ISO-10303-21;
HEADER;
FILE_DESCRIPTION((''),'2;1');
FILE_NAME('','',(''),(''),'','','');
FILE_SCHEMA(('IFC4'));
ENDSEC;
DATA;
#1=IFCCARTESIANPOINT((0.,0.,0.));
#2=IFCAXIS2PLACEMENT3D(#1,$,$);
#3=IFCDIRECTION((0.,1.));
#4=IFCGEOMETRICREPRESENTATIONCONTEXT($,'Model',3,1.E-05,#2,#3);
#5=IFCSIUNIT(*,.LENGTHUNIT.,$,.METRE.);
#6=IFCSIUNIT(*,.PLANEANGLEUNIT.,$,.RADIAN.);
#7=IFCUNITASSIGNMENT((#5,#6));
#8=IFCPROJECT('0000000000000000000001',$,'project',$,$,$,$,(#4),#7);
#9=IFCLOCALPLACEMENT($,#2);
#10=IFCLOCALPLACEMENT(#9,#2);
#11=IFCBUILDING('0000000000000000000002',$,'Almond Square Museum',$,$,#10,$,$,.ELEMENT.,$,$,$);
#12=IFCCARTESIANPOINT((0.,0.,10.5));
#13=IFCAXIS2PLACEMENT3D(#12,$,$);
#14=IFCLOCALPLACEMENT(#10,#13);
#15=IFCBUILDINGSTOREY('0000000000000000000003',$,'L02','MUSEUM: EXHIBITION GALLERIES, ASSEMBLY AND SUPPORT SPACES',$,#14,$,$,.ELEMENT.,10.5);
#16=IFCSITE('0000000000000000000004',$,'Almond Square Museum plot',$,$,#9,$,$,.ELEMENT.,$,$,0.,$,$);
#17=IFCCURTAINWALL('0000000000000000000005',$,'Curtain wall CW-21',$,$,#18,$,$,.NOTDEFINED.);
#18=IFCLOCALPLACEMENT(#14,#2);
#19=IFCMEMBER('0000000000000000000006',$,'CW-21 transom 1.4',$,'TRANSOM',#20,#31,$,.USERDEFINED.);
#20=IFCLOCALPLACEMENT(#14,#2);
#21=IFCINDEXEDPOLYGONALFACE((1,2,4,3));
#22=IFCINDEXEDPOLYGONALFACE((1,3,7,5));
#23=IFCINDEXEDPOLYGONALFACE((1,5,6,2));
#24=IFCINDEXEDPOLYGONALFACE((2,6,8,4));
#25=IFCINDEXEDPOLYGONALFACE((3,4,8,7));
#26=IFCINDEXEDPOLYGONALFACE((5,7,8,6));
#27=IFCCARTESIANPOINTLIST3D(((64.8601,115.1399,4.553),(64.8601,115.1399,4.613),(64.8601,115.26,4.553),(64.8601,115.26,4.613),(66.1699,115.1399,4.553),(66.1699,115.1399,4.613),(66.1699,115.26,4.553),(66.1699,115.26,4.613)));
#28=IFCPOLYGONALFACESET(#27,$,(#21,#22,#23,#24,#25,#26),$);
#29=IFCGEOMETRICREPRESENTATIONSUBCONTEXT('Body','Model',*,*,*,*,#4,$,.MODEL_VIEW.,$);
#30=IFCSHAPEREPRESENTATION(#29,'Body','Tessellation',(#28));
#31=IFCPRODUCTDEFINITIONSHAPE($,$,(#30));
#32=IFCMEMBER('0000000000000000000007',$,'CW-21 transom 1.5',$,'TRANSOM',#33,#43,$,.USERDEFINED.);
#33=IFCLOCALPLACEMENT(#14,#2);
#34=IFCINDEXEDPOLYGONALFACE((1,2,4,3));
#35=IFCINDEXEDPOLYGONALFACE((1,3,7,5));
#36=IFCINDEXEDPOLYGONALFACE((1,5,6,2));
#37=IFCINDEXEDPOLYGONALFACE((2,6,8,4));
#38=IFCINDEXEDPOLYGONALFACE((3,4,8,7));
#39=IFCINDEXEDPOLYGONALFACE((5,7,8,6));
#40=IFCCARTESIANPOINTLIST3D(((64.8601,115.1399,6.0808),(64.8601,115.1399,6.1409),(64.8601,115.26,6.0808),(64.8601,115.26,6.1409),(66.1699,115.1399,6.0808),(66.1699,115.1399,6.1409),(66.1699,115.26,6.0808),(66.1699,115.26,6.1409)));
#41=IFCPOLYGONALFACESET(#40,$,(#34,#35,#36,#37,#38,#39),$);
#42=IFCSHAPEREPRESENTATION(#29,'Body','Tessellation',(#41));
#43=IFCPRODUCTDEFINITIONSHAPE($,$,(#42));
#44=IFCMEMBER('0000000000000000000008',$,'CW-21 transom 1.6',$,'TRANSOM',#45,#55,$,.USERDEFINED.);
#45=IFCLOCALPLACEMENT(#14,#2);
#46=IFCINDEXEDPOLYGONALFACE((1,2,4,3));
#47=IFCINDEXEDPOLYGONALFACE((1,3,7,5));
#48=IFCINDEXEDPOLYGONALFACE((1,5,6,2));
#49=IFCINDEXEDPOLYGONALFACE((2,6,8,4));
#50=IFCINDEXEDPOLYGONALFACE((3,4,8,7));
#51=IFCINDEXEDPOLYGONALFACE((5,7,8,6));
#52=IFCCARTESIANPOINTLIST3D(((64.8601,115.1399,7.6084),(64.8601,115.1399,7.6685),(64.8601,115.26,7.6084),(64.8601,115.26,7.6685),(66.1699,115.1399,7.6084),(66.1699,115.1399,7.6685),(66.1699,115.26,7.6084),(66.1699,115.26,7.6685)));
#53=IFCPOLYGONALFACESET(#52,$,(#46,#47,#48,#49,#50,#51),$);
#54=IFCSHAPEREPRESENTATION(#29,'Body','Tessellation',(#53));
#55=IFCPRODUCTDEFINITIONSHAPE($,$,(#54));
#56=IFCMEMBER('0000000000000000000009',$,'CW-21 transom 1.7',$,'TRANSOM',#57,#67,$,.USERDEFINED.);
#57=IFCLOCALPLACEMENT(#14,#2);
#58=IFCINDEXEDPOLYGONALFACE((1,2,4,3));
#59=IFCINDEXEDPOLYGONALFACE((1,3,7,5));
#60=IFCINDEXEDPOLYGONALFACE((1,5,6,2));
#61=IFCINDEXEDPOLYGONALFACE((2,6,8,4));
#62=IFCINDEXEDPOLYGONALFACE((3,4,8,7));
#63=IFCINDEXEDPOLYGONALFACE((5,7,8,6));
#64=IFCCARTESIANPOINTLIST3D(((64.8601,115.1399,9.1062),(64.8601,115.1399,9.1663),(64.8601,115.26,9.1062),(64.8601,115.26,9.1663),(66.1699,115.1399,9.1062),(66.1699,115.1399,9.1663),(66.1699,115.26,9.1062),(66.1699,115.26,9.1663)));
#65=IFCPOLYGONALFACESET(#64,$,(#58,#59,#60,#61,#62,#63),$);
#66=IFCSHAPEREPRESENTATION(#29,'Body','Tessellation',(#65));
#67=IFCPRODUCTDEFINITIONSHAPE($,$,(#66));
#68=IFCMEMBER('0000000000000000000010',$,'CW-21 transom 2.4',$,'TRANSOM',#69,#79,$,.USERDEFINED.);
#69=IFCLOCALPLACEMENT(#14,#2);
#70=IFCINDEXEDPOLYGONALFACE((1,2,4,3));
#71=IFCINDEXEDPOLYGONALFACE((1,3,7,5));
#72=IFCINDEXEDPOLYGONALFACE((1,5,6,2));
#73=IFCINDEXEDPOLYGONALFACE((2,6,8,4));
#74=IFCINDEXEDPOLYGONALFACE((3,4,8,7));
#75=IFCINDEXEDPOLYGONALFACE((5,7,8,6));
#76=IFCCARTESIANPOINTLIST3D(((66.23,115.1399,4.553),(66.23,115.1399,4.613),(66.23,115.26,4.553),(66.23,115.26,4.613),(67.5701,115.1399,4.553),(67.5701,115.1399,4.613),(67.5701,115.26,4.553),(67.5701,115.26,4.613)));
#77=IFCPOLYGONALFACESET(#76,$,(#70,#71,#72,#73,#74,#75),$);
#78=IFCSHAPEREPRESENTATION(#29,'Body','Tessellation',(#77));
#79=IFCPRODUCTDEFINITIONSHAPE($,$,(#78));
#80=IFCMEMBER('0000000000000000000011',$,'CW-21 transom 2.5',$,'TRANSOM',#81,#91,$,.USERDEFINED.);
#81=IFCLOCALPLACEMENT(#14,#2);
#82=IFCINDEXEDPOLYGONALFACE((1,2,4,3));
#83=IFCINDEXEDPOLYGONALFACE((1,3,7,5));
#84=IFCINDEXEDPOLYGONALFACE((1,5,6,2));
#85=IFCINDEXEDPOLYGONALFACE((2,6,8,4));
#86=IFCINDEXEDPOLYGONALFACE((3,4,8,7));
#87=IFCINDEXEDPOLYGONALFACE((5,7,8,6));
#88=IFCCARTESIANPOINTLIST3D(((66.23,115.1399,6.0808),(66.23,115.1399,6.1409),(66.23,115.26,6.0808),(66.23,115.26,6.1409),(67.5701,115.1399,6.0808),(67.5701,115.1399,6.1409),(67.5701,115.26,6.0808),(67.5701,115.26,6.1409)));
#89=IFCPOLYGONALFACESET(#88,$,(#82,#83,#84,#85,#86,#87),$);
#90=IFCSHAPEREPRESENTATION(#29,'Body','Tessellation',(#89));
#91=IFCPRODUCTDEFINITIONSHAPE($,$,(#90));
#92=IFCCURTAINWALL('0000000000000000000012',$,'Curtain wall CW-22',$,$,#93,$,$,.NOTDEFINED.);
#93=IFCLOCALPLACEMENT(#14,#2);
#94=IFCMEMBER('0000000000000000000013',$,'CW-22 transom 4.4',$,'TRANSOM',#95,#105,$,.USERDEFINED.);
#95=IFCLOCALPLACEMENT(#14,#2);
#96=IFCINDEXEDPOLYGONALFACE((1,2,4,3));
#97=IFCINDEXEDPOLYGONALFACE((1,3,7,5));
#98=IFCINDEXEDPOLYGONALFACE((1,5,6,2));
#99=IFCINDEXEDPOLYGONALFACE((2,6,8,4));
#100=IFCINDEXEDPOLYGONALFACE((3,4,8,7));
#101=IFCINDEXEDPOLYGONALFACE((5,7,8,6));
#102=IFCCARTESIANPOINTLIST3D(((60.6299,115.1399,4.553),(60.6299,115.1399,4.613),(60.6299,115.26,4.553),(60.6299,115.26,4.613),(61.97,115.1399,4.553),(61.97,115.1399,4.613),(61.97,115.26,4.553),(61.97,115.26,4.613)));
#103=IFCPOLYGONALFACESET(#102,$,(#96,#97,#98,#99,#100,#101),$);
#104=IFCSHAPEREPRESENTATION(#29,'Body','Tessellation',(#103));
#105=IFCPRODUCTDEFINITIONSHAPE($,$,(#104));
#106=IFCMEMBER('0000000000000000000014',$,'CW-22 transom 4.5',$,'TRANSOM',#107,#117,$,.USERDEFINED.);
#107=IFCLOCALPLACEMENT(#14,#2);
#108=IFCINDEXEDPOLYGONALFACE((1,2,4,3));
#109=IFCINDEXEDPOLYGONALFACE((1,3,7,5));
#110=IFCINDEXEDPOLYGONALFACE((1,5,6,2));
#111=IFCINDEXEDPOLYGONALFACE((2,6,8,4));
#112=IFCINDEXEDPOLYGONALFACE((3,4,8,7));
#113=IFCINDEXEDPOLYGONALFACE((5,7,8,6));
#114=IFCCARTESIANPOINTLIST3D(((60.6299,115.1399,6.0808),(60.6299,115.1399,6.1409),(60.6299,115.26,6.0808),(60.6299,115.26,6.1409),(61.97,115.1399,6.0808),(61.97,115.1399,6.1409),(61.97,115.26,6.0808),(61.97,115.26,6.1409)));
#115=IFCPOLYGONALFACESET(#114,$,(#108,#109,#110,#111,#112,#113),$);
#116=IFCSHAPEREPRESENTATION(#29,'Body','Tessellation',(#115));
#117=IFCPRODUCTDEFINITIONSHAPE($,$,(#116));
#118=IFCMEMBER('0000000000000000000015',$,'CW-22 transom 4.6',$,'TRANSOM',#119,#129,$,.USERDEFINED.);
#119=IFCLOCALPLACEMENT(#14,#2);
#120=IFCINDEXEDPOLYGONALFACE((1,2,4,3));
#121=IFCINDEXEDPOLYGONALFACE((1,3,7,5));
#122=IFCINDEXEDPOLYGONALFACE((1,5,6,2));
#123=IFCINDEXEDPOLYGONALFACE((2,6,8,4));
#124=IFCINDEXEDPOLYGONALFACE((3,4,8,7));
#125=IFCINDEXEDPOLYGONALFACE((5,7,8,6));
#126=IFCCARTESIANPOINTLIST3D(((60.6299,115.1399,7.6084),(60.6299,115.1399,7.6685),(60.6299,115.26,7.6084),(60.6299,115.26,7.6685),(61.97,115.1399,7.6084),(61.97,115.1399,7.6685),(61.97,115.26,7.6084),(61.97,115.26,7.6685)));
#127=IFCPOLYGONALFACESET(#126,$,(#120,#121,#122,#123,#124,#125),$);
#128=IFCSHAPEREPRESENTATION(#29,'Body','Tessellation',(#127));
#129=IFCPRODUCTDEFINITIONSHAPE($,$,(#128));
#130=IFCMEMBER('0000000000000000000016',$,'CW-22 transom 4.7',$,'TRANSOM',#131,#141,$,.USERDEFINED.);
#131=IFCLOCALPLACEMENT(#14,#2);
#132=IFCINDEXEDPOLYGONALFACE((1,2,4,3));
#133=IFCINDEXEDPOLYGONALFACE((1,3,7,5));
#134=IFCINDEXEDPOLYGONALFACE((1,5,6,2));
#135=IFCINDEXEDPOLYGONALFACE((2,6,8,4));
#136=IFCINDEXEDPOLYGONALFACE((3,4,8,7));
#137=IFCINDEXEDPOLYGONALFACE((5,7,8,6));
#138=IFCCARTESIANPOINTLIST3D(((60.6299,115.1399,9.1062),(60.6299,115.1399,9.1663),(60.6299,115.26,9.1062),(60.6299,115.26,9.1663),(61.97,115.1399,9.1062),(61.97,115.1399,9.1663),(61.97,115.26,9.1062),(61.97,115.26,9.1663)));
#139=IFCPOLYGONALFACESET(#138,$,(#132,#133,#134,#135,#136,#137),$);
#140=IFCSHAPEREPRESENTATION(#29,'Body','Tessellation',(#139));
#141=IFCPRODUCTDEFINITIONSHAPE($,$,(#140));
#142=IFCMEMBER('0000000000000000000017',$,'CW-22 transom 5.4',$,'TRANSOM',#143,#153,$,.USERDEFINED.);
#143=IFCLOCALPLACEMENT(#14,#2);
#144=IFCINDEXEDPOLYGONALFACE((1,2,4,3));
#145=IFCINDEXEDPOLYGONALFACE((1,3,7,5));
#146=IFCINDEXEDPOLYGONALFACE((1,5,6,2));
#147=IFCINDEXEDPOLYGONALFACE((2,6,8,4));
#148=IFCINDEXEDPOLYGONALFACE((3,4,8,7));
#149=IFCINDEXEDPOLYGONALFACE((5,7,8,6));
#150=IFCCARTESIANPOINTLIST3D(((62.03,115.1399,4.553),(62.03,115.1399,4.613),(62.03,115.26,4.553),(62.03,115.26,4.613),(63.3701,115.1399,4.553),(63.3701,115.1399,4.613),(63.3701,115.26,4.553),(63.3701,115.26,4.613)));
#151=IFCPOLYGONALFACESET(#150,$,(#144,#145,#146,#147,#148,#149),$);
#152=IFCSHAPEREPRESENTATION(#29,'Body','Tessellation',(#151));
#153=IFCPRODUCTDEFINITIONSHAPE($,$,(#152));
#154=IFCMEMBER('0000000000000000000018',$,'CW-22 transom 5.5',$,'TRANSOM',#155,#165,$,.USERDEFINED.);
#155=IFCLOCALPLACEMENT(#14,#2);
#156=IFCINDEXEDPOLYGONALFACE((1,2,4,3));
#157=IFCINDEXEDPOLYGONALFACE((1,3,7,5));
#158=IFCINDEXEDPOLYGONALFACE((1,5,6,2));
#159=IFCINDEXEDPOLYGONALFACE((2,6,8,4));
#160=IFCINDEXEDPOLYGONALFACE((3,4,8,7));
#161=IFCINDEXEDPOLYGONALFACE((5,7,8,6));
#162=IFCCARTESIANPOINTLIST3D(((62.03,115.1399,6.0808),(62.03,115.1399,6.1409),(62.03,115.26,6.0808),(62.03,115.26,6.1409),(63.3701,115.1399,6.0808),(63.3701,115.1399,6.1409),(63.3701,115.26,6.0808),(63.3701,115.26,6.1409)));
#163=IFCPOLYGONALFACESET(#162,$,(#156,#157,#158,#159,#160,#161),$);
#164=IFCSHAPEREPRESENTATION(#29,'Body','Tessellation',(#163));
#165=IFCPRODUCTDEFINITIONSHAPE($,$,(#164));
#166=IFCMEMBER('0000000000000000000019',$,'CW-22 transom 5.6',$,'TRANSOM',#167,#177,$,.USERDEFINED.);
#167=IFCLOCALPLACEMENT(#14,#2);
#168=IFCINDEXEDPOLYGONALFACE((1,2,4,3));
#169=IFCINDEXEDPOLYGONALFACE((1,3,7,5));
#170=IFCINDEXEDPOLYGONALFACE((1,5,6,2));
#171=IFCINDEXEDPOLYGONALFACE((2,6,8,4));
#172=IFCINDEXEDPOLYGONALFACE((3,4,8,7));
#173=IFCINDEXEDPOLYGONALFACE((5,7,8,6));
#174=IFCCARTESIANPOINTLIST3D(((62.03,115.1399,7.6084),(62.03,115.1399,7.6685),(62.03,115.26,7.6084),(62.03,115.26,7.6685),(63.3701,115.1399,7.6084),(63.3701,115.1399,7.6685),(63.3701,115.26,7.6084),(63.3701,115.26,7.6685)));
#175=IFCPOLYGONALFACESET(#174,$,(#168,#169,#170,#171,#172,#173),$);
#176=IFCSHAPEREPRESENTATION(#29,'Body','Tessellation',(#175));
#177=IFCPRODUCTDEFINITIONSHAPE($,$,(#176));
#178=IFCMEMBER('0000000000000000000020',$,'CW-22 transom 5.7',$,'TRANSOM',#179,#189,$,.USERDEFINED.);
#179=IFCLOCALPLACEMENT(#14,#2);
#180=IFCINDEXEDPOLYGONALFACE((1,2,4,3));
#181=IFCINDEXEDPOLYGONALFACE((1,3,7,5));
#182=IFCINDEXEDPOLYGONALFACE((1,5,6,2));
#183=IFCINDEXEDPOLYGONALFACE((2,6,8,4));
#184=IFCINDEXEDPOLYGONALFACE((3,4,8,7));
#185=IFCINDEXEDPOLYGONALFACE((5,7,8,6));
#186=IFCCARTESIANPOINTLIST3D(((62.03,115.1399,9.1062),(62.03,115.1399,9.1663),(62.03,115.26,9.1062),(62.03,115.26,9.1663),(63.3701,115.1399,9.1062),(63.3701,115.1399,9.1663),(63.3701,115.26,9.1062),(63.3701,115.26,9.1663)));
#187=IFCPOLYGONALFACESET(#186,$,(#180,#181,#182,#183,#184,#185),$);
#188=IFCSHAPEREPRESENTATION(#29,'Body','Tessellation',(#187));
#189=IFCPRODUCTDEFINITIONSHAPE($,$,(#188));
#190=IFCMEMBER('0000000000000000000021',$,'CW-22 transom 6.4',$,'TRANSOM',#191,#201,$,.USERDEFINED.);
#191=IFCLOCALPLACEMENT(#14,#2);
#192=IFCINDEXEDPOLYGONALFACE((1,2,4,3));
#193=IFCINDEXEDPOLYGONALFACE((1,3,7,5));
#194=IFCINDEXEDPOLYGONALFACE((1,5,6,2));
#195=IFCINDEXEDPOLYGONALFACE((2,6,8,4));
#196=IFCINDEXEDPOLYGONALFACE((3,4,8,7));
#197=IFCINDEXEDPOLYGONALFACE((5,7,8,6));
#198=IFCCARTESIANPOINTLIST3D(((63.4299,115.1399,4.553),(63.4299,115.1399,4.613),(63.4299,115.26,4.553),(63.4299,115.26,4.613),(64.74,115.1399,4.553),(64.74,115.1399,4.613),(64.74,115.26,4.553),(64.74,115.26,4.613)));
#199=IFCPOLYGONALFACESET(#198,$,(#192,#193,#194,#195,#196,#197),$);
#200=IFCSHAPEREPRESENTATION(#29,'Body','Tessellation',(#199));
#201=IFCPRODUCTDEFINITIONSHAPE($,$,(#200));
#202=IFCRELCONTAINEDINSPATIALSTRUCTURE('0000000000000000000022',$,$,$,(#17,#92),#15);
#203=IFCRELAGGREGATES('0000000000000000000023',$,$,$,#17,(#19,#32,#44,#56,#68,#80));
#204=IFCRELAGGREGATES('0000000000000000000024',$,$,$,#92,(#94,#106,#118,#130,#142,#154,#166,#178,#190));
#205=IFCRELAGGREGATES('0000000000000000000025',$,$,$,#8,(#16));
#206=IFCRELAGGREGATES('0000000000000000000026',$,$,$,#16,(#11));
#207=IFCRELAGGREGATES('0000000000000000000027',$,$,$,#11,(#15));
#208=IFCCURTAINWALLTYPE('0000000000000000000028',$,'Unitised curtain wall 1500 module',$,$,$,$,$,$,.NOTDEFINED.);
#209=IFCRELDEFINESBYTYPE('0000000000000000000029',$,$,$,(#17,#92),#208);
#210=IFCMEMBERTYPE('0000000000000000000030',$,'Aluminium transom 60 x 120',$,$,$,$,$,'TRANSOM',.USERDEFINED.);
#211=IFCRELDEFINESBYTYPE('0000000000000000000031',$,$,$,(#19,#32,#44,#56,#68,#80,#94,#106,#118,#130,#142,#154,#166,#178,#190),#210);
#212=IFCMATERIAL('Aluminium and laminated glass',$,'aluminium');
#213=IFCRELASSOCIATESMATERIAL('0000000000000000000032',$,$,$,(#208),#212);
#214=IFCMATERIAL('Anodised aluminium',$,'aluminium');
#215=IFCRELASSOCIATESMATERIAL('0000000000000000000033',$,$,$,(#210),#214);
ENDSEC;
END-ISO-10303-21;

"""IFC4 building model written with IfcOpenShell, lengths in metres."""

from ifc_helpers import new_model, si_unit, direction, frame, origin, origin_2d, place, context, subcontext, project, spatial, rectangle, extrude, material, material_profile, profile_set, type_object, element, aggregate, save


model = new_model("IFC4")

# Units and contexts
model_context = context("Model", 3, precision=1e-05, world=origin(), true_north=direction((0.0, 1.0)))
body_context = subcontext(model_context, "Body", "Model", "MODEL_VIEW")
ifc_project = project(units=[si_unit("LENGTHUNIT", "METRE"), si_unit("PLANEANGLEUNIT", "RADIAN")], contexts=[model_context])

# Site, building, storey
site_placement = place(None, origin())
site = spatial("IfcSite", under=ifc_project, at=site_placement, Name="Almond Square Museum plot", CompositionType="ELEMENT", RefElevation=0.0)
building_placement = place(site_placement, origin())
building = spatial("IfcBuilding", under=site, at=building_placement, Name="Almond Square Museum", CompositionType="ELEMENT")
storey_placement = place(building_placement, frame((0.0, 0.0, 10.5)))
storey = spatial("IfcBuildingStorey", under=building, at=storey_placement, Name="L02", Description="MUSEUM: EXHIBITION GALLERIES, ASSEMBLY AND SUPPORT SPACES", CompositionType="ELEMENT", Elevation=10.5)

# Curtain walls, members
ifc_material_1 = material(Name="Aluminium and laminated glass", Category="aluminium")
curtain_wall_type = type_object("IfcCurtainWallType", Name="Unitised curtain wall 1500 module", PredefinedType="NOTDEFINED", material=ifc_material_1)
curtain_wall_1_placement = place(storey_placement, origin())
curtain_wall_1 = element("IfcCurtainWall", 1, at=curtain_wall_1_placement, inside=storey, type_object=curtain_wall_type, Name="Curtain wall CW-21", PredefinedType="NOTDEFINED")
ifc_material_2 = material(Name="Anodised aluminium", Category="aluminium")
ifc_material_profile = material_profile(ifc_material_2, rectangle(XDim=0.1201, YDim=0.0601, at=origin_2d()))
ifc_profile_set = profile_set([ifc_material_profile], Name="Anodised aluminium")
member_type = type_object("IfcMemberType", Name="Aluminium transom 60 x 120", ElementType="TRANSOM", PredefinedType="USERDEFINED", material=ifc_profile_set)
member_1_placement = place(storey_placement, frame((64.8601, 115.2, 4.583), z_axis=(1.0, 0.0, 0.0), x_axis=(0.0, 1.0, 0.0)))
member_1 = element("IfcMember", 2, at=member_1_placement, type_object=member_type, Name="CW-21 transom 1.4", ObjectType="TRANSOM", PredefinedType="USERDEFINED", context=body_context, shape_type="SweptSolid", body=[
    extrude(rectangle(XDim=0.1201, YDim=0.0601, at=origin_2d()), origin(), (0.0, 0.0, 1.0), 1.3098),
])
member_2_placement = place(storey_placement, frame((64.8601, 115.2, 6.1108), z_axis=(1.0, 0.0, 0.0), x_axis=(0.0, 1.0, 0.0)))
member_2 = element("IfcMember", 3, at=member_2_placement, type_object=member_type, Name="CW-21 transom 1.5", ObjectType="TRANSOM", PredefinedType="USERDEFINED", context=body_context, shape_type="SweptSolid", body=[
    extrude(rectangle(XDim=0.1201, YDim=0.0601, at=origin_2d()), origin(), (0.0, 0.0, 1.0), 1.3098),
])
member_3_placement = place(storey_placement, frame((64.8601, 115.2, 7.6384), z_axis=(1.0, 0.0, 0.0), x_axis=(0.0, 1.0, 0.0)))
member_3 = element("IfcMember", 4, at=member_3_placement, type_object=member_type, Name="CW-21 transom 1.6", ObjectType="TRANSOM", PredefinedType="USERDEFINED", context=body_context, shape_type="SweptSolid", body=[
    extrude(rectangle(XDim=0.1201, YDim=0.0601, at=origin_2d()), origin(), (0.0, 0.0, 1.0), 1.3098),
])
member_4_placement = place(storey_placement, frame((64.8601, 115.2, 9.1362), z_axis=(1.0, 0.0, 0.0), x_axis=(0.0, 1.0, 0.0)))
member_4 = element("IfcMember", 5, at=member_4_placement, type_object=member_type, Name="CW-21 transom 1.7", ObjectType="TRANSOM", PredefinedType="USERDEFINED", context=body_context, shape_type="SweptSolid", body=[
    extrude(rectangle(XDim=0.1201, YDim=0.0601, at=origin_2d()), origin(), (0.0, 0.0, 1.0), 1.3098),
])
member_5_placement = place(storey_placement, frame((66.23, 115.2, 4.583), z_axis=(1.0, 0.0, 0.0), x_axis=(0.0, 1.0, 0.0)))
member_5 = element("IfcMember", 6, at=member_5_placement, type_object=member_type, Name="CW-21 transom 2.4", ObjectType="TRANSOM", PredefinedType="USERDEFINED", context=body_context, shape_type="SweptSolid", body=[
    extrude(rectangle(XDim=0.1201, YDim=0.0601, at=origin_2d()), origin(), (0.0, 0.0, 1.0), 1.3401),
])
member_6_placement = place(storey_placement, frame((66.23, 115.2, 6.1108), z_axis=(1.0, 0.0, 0.0), x_axis=(0.0, 1.0, 0.0)))
member_6 = element("IfcMember", 7, at=member_6_placement, type_object=member_type, Name="CW-21 transom 2.5", ObjectType="TRANSOM", PredefinedType="USERDEFINED", context=body_context, shape_type="SweptSolid", body=[
    extrude(rectangle(XDim=0.1201, YDim=0.0601, at=origin_2d()), origin(), (0.0, 0.0, 1.0), 1.3401),
])
curtain_wall_2_placement = place(storey_placement, origin())
curtain_wall_2 = element("IfcCurtainWall", 8, at=curtain_wall_2_placement, inside=storey, type_object=curtain_wall_type, Name="Curtain wall CW-22", PredefinedType="NOTDEFINED")
member_7_placement = place(storey_placement, frame((60.6299, 115.2, 4.583), z_axis=(1.0, 0.0, 0.0), x_axis=(0.0, 1.0, 0.0)))
member_7 = element("IfcMember", 9, at=member_7_placement, type_object=member_type, Name="CW-22 transom 4.4", ObjectType="TRANSOM", PredefinedType="USERDEFINED", context=body_context, shape_type="SweptSolid", body=[
    extrude(rectangle(XDim=0.1201, YDim=0.0601, at=origin_2d()), origin(), (0.0, 0.0, 1.0), 1.3401),
])
member_8_placement = place(storey_placement, frame((60.6299, 115.2, 6.1108), z_axis=(1.0, 0.0, 0.0), x_axis=(0.0, 1.0, 0.0)))
member_8 = element("IfcMember", 10, at=member_8_placement, type_object=member_type, Name="CW-22 transom 4.5", ObjectType="TRANSOM", PredefinedType="USERDEFINED", context=body_context, shape_type="SweptSolid", body=[
    extrude(rectangle(XDim=0.1201, YDim=0.0601, at=origin_2d()), origin(), (0.0, 0.0, 1.0), 1.3401),
])
member_9_placement = place(storey_placement, frame((60.6299, 115.2, 7.6384), z_axis=(1.0, 0.0, 0.0), x_axis=(0.0, 1.0, 0.0)))
member_9 = element("IfcMember", 11, at=member_9_placement, type_object=member_type, Name="CW-22 transom 4.6", ObjectType="TRANSOM", PredefinedType="USERDEFINED", context=body_context, shape_type="SweptSolid", body=[
    extrude(rectangle(XDim=0.1201, YDim=0.0601, at=origin_2d()), origin(), (0.0, 0.0, 1.0), 1.3401),
])
member_10_placement = place(storey_placement, frame((60.6299, 115.2, 9.1362), z_axis=(1.0, 0.0, 0.0), x_axis=(0.0, 1.0, 0.0)))
member_10 = element("IfcMember", 12, at=member_10_placement, type_object=member_type, Name="CW-22 transom 4.7", ObjectType="TRANSOM", PredefinedType="USERDEFINED", context=body_context, shape_type="SweptSolid", body=[
    extrude(rectangle(XDim=0.1201, YDim=0.0601, at=origin_2d()), origin(), (0.0, 0.0, 1.0), 1.3401),
])
member_11_placement = place(storey_placement, frame((62.03, 115.2, 4.583), z_axis=(1.0, 0.0, 0.0), x_axis=(0.0, 1.0, 0.0)))
member_11 = element("IfcMember", 13, at=member_11_placement, type_object=member_type, Name="CW-22 transom 5.4", ObjectType="TRANSOM", PredefinedType="USERDEFINED", context=body_context, shape_type="SweptSolid", body=[
    extrude(rectangle(XDim=0.1201, YDim=0.0601, at=origin_2d()), origin(), (0.0, 0.0, 1.0), 1.3401),
])
member_12_placement = place(storey_placement, frame((62.03, 115.2, 6.1108), z_axis=(1.0, 0.0, 0.0), x_axis=(0.0, 1.0, 0.0)))
member_12 = element("IfcMember", 14, at=member_12_placement, type_object=member_type, Name="CW-22 transom 5.5", ObjectType="TRANSOM", PredefinedType="USERDEFINED", context=body_context, shape_type="SweptSolid", body=[
    extrude(rectangle(XDim=0.1201, YDim=0.0601, at=origin_2d()), origin(), (0.0, 0.0, 1.0), 1.3401),
])
member_13_placement = place(storey_placement, frame((62.03, 115.2, 7.6384), z_axis=(1.0, 0.0, 0.0), x_axis=(0.0, 1.0, 0.0)))
member_13 = element("IfcMember", 15, at=member_13_placement, type_object=member_type, Name="CW-22 transom 5.6", ObjectType="TRANSOM", PredefinedType="USERDEFINED", context=body_context, shape_type="SweptSolid", body=[
    extrude(rectangle(XDim=0.1201, YDim=0.0601, at=origin_2d()), origin(), (0.0, 0.0, 1.0), 1.3401),
])
member_14_placement = place(storey_placement, frame((62.03, 115.2, 9.1362), z_axis=(1.0, 0.0, 0.0), x_axis=(0.0, 1.0, 0.0)))
member_14 = element("IfcMember", 16, at=member_14_placement, type_object=member_type, Name="CW-22 transom 5.7", ObjectType="TRANSOM", PredefinedType="USERDEFINED", context=body_context, shape_type="SweptSolid", body=[
    extrude(rectangle(XDim=0.1201, YDim=0.0601, at=origin_2d()), origin(), (0.0, 0.0, 1.0), 1.3401),
])
member_15_placement = place(storey_placement, frame((63.4299, 115.2, 4.583), z_axis=(1.0, 0.0, 0.0), x_axis=(0.0, 1.0, 0.0)))
member_15 = element("IfcMember", 17, at=member_15_placement, type_object=member_type, Name="CW-22 transom 6.4", ObjectType="TRANSOM", PredefinedType="USERDEFINED", context=body_context, shape_type="SweptSolid", body=[
    extrude(rectangle(XDim=0.1201, YDim=0.0601, at=origin_2d()), origin(), (0.0, 0.0, 1.0), 1.3101),
])

aggregate(curtain_wall_1, [member_1, member_2, member_3, member_4, member_5, member_6])
aggregate(curtain_wall_2, [member_7, member_8, member_9, member_10, member_11, member_12, member_13, member_14, member_15])

save(model, "model.ifc")
